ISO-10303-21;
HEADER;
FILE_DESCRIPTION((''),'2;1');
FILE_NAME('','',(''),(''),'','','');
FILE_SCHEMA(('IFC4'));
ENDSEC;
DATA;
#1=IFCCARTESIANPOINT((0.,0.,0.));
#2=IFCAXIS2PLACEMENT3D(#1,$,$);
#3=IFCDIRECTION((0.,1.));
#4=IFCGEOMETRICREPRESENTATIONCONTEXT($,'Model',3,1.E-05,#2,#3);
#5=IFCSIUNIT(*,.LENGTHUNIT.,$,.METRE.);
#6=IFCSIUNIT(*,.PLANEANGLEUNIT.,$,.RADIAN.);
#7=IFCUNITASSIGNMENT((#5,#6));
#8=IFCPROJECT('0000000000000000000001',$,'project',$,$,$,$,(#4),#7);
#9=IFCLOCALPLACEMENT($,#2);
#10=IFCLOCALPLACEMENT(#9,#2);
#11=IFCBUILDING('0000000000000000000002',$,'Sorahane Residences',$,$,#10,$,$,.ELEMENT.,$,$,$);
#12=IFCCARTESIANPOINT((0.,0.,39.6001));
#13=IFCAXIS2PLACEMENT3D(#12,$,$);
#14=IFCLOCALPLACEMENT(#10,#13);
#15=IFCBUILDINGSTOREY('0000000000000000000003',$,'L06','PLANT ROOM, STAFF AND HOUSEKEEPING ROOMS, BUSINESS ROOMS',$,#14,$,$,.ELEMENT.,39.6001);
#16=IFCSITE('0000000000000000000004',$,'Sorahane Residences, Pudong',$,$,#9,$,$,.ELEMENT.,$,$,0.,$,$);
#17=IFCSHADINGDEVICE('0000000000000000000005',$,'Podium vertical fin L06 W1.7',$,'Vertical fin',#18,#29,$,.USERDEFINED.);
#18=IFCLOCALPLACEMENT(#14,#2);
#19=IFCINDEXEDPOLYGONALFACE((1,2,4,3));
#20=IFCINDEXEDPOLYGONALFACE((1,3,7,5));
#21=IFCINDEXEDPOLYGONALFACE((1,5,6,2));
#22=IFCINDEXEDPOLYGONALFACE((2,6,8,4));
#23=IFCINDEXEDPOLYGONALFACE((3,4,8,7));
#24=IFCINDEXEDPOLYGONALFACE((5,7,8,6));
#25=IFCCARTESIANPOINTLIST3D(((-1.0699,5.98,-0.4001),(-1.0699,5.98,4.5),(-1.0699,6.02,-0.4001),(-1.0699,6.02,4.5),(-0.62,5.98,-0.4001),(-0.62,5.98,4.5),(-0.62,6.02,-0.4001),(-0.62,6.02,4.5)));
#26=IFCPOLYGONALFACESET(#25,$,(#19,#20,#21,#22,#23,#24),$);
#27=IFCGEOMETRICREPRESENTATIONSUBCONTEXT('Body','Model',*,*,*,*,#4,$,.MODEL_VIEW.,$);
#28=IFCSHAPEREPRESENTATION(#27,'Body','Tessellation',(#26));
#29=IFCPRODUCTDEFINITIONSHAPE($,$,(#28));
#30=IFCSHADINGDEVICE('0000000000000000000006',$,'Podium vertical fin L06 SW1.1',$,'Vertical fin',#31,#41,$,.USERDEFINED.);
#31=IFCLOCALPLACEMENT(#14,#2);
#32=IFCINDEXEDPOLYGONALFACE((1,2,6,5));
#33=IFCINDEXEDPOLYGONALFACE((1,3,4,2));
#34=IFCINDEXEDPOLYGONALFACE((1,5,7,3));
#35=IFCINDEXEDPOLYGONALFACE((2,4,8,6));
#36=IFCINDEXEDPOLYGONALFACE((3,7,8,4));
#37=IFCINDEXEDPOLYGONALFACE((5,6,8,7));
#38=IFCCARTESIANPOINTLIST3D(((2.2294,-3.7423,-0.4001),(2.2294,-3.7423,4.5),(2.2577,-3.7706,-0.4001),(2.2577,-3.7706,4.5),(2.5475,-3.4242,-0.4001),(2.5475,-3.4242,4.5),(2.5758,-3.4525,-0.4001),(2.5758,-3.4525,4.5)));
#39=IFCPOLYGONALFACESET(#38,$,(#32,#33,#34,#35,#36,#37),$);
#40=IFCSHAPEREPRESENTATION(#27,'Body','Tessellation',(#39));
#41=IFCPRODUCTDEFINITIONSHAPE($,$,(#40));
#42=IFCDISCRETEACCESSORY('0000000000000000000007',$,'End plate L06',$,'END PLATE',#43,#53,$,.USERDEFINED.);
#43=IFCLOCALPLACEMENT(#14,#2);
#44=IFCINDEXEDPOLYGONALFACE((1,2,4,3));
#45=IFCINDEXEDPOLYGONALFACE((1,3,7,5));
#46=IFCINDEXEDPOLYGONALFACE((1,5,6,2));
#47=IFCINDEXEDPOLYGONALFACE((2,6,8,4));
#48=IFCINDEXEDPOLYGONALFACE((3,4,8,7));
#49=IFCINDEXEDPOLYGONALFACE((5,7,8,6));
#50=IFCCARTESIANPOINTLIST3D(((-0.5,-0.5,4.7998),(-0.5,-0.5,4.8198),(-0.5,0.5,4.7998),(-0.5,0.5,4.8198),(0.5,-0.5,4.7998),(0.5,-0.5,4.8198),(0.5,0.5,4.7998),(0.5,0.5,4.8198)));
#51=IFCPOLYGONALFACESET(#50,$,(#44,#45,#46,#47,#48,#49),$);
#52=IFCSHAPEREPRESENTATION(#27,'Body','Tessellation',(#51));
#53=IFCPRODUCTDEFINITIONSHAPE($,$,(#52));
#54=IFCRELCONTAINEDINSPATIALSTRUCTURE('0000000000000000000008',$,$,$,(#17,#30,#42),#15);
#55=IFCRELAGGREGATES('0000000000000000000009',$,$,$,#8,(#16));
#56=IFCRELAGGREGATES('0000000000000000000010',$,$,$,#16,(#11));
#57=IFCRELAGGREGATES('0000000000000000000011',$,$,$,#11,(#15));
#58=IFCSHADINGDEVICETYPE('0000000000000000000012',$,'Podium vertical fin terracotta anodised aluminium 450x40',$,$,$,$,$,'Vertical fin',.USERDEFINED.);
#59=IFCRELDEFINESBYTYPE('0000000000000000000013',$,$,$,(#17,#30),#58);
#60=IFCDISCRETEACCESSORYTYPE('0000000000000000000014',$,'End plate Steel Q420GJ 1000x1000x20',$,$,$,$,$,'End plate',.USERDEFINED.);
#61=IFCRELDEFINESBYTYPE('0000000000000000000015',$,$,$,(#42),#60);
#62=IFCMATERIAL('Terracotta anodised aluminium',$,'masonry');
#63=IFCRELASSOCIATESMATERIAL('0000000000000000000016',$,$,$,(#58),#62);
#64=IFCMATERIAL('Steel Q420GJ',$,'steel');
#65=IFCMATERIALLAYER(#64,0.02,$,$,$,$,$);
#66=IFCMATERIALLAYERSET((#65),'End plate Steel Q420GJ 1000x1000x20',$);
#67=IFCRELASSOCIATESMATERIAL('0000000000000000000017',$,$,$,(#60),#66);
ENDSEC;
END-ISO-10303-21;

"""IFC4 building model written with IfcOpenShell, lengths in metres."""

from ifc_helpers import new_model, si_unit, direction, frame, origin, origin_2d, place, context, subcontext, project, spatial, rectangle, extrude, material, layer, layer_set, material_profile, profile_set, type_object, element, save


model = new_model("IFC4")

# Units and contexts
model_context = context("Model", 3, precision=1e-05, world=origin(), true_north=direction((0.0, 1.0)))
body_context = subcontext(model_context, "Body", "Model", "MODEL_VIEW")
ifc_project = project(units=[si_unit("LENGTHUNIT", "METRE"), si_unit("PLANEANGLEUNIT", "RADIAN")], contexts=[model_context])

# Site, building, storey
site_placement = place(None, origin())
site = spatial("IfcSite", under=ifc_project, at=site_placement, Name="Sorahane Residences, Pudong", CompositionType="ELEMENT", RefElevation=0.0)
building_placement = place(site_placement, origin())
building = spatial("IfcBuilding", under=site, at=building_placement, Name="Sorahane Residences", CompositionType="ELEMENT")
storey_placement = place(building_placement, frame((0.0, 0.0, 39.6001)))
storey = spatial("IfcBuildingStorey", under=building, at=storey_placement, Name="L06", Description="PLANT ROOM, STAFF AND HOUSEKEEPING ROOMS, BUSINESS ROOMS", CompositionType="ELEMENT", Elevation=39.6001)

# Shading devices
ifc_material_1 = material(Name="Terracotta anodised aluminium", Category="masonry")
ifc_material_profile_1 = material_profile(ifc_material_1, rectangle(XDim=0.45, YDim=0.04, at=origin_2d()), Name="Podium vertical fin terracotta anodised aluminium 450x40")
ifc_profile_set_1 = profile_set([ifc_material_profile_1], Name="Terracotta anodised aluminium")
shading_device_type = type_object("IfcShadingDeviceType", Name="Podium vertical fin terracotta anodised aluminium 450x40", ElementType="Vertical fin", PredefinedType="USERDEFINED", material=ifc_profile_set_1)
for number, where, z_axis, x_axis, name in (
    (1, (-0.845, 6.0, -0.4001), (0.0, 0.0, 1.0), (-1.0, 0.0, 0.0), "Podium vertical fin L06 W1.7"),
    (2, (2.4026, -3.5974, -0.4001), (0.0, 0.0, 1.0), (-0.707107, -0.707107, 0.0), "Podium vertical fin L06 SW1.1"),
):
    element("IfcShadingDevice", number, at=place(storey_placement, frame(where, z_axis=z_axis, x_axis=x_axis)), inside=storey, type_object=shading_device_type, Name=name, ObjectType="Vertical fin", PredefinedType="USERDEFINED", context=body_context, shape_type="SweptSolid", body=[
        extrude(rectangle(XDim=0.45, YDim=0.04, at=origin_2d()), origin(), (0.0, 0.0, 1.0), 4.9001),
    ])

# Discrete accessory
ifc_material_2 = material(Name="Steel Q420GJ", Category="steel")
ifc_layer_1 = layer(ifc_material_2, 0.02)
ifc_layer_set_1 = layer_set([ifc_layer_1], Name="End plate Steel Q420GJ 1000x1000x20")
discrete_accessory_type = type_object("IfcDiscreteAccessoryType", Name="End plate Steel Q420GJ 1000x1000x20", ElementType="End plate", PredefinedType="USERDEFINED", material=ifc_layer_set_1)
discrete_accessory_placement = place(storey_placement, frame((0.0, 0.0, 4.7998), z_axis=(0.0, 0.0, 1.0), x_axis=(1.0, 0.0, 0.0)))
element("IfcDiscreteAccessory", 3, at=discrete_accessory_placement, inside=storey, type_object=discrete_accessory_type, Name="End plate L06", ObjectType="END PLATE", PredefinedType="USERDEFINED", context=body_context, shape_type="SweptSolid", body=[
    extrude(rectangle(XDim=1.0, YDim=1.0, at=origin_2d()), origin(), (0.0, 0.0, 1.0), 0.02),
])

save(model, "model.ifc")
